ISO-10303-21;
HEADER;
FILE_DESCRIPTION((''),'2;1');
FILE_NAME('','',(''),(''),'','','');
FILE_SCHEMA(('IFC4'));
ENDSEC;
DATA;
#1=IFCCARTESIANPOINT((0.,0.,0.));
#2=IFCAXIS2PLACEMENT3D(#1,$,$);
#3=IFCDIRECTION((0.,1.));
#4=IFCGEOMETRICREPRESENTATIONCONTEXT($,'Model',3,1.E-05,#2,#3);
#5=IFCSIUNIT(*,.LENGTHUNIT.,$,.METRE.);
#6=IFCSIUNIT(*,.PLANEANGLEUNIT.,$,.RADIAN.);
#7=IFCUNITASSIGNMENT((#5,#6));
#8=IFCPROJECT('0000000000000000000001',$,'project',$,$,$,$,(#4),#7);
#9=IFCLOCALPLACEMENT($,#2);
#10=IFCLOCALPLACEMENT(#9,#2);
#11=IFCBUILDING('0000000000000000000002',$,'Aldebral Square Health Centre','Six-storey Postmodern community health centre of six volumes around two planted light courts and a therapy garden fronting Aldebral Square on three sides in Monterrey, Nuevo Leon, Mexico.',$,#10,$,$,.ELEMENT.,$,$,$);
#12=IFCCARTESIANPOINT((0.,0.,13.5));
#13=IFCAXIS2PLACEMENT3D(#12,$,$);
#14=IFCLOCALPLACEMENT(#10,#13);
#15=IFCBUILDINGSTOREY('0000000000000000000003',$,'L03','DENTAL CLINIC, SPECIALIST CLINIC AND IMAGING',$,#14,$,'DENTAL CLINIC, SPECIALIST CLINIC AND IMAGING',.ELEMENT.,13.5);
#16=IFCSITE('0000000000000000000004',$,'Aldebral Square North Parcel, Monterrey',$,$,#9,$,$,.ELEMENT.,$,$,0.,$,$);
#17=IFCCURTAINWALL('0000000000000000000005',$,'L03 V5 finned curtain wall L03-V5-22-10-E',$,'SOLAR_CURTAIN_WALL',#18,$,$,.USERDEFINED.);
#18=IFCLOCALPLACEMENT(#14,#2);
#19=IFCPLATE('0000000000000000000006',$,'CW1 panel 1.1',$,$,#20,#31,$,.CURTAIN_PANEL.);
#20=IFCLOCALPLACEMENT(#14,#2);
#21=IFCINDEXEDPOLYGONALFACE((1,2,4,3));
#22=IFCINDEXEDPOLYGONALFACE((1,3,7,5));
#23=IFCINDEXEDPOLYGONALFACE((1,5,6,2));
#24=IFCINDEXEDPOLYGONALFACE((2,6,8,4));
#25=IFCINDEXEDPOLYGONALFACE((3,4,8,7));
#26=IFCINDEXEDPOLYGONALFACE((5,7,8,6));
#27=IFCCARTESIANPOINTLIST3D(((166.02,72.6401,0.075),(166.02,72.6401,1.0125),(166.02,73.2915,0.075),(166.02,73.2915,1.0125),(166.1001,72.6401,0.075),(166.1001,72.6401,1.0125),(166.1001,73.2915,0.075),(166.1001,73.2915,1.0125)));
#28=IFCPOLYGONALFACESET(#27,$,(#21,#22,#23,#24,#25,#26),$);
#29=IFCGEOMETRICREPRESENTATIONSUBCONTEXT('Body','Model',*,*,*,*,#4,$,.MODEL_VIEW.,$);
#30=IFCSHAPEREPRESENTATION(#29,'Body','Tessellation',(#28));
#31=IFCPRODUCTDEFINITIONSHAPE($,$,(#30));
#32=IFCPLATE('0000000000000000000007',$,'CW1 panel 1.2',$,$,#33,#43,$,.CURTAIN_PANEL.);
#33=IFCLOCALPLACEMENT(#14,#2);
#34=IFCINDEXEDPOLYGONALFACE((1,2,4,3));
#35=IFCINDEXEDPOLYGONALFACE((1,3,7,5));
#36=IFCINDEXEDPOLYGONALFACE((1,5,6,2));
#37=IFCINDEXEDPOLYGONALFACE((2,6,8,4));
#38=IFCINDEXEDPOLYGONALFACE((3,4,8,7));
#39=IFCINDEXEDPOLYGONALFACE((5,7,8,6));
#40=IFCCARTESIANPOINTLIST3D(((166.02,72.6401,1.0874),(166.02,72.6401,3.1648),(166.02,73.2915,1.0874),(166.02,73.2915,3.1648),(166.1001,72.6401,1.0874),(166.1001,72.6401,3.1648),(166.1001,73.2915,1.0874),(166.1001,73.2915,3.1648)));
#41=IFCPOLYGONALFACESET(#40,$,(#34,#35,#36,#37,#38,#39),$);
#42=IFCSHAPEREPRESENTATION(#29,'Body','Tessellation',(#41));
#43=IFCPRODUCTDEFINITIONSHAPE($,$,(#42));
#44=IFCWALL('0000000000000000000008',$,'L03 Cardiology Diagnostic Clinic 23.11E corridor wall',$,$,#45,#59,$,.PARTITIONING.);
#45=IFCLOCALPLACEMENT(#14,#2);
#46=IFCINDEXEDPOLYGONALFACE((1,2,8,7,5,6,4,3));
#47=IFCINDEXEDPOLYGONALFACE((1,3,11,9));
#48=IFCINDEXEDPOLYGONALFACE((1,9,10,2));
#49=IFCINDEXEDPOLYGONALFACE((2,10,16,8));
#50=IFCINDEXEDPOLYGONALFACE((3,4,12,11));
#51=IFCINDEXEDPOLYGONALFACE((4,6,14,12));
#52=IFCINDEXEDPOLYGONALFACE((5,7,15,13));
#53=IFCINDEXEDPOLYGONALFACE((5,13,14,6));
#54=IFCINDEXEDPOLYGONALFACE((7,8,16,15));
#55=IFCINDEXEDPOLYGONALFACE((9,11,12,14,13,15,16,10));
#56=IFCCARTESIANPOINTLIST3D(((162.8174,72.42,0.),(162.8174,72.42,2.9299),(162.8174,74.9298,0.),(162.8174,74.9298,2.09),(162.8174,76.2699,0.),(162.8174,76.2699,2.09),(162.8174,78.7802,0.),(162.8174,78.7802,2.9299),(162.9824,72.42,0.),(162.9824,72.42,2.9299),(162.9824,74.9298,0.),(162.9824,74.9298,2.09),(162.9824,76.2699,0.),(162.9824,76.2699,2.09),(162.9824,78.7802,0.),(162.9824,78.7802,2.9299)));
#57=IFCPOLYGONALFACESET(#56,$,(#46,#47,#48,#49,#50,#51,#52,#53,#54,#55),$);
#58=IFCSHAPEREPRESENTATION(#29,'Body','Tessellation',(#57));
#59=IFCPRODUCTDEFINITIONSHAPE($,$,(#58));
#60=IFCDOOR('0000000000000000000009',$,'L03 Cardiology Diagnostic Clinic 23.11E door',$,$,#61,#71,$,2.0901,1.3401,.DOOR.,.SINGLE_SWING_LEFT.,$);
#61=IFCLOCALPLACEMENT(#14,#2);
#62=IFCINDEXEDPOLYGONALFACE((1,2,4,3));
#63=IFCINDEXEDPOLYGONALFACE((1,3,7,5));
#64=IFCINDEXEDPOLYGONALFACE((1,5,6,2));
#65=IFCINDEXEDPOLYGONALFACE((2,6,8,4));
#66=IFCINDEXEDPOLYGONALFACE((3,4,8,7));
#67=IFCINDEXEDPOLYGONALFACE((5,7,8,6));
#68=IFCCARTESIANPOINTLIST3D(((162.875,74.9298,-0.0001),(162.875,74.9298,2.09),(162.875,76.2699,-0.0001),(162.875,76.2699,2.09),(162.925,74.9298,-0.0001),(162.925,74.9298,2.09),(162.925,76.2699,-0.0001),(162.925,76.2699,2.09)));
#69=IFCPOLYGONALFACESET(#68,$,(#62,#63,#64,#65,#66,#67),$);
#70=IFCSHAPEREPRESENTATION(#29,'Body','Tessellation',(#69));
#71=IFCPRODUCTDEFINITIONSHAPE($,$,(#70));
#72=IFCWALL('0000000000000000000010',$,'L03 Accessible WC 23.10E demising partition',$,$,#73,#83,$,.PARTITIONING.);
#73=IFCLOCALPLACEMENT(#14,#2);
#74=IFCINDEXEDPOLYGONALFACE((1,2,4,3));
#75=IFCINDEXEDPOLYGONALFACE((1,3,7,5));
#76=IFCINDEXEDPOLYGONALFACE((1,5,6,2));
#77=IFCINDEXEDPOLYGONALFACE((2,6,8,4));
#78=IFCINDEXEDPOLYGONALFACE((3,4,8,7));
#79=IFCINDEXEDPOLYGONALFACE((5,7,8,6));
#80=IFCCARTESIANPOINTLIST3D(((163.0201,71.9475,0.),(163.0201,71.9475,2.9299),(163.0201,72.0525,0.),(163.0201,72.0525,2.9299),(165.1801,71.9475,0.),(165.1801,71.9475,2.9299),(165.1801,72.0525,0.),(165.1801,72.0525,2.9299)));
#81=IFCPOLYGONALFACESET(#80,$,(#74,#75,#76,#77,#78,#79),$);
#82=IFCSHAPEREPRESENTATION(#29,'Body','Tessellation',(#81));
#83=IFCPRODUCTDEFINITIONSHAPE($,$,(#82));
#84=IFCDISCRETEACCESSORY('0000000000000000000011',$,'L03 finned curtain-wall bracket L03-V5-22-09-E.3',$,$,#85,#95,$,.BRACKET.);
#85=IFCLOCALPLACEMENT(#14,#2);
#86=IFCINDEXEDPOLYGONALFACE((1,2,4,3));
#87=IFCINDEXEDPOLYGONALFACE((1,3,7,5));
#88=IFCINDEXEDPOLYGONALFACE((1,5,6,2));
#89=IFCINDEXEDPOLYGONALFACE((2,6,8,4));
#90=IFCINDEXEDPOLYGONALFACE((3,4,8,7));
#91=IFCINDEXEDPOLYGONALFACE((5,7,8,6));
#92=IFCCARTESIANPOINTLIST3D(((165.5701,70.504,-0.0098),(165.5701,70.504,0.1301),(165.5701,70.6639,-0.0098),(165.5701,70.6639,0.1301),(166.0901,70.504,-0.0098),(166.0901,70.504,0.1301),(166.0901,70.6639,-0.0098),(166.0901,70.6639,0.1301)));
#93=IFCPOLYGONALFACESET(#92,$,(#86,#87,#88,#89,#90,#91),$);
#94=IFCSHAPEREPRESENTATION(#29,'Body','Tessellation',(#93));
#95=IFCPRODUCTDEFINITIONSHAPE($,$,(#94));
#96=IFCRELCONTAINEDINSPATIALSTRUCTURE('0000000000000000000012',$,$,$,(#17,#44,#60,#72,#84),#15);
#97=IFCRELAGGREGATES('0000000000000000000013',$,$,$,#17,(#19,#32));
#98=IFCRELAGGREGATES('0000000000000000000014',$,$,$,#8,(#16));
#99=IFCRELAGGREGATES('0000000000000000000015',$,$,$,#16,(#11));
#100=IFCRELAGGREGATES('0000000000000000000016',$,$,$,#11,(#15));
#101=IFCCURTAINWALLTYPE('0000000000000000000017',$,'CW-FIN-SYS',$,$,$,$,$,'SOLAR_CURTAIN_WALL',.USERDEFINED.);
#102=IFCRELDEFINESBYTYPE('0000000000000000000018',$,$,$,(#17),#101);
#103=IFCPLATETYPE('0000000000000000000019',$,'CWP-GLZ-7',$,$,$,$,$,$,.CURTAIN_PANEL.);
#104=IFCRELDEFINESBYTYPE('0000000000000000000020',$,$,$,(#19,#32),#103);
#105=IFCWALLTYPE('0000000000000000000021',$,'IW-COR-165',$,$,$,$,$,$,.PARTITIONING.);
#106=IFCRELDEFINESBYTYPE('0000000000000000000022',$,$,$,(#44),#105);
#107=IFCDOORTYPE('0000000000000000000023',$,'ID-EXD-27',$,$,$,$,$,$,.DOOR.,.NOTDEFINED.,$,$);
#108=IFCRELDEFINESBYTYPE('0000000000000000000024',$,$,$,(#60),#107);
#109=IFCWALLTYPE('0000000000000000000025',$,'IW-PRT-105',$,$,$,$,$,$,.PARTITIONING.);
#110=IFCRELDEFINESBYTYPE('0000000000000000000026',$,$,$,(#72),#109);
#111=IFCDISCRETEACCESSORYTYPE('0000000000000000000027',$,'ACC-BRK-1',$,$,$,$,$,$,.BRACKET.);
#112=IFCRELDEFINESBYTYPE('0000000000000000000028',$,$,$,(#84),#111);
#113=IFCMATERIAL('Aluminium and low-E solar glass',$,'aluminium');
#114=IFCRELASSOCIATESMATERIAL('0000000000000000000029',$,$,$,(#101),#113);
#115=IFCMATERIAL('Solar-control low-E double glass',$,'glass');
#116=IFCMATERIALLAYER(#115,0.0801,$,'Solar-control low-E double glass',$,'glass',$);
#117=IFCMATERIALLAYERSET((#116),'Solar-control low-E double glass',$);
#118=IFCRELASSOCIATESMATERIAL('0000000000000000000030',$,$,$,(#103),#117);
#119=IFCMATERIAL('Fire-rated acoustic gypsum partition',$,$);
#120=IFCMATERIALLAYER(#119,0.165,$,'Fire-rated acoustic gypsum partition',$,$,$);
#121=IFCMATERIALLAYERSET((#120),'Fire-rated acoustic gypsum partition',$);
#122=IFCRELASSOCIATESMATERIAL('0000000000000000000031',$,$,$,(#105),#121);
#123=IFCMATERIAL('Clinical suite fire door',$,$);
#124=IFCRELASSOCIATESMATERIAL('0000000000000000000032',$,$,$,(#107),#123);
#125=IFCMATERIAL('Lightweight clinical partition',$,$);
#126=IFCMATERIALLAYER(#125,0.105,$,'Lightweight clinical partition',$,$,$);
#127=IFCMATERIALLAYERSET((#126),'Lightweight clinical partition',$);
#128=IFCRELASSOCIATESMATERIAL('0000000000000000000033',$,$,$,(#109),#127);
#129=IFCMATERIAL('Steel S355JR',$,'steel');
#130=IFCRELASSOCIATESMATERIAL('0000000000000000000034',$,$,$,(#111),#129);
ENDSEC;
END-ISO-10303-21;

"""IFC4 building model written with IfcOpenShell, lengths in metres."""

from ifc_helpers import new_model, si_unit, direction, frame, frame_2d, origin, origin_2d, place, context, subcontext, project, spatial, rectangle, extrude, material, layer, layer_set, type_object, element, fill, aggregate, save


model = new_model("IFC4")

# Units and contexts
model_context = context("Model", 3, precision=1e-05, world=origin(), true_north=direction((0.0, 1.0)))
body_context = subcontext(model_context, "Body", "Model", "MODEL_VIEW")
ifc_project = project(units=[si_unit("LENGTHUNIT", "METRE"), si_unit("PLANEANGLEUNIT", "RADIAN")], contexts=[model_context])

# Site, building, storey
site_placement = place(None, origin())
site = spatial("IfcSite", under=ifc_project, at=site_placement, Name="Aldebral Square North Parcel, Monterrey", CompositionType="ELEMENT", RefElevation=0.0)
building_placement = place(site_placement, origin())
building = spatial("IfcBuilding", under=site, at=building_placement, Name="Aldebral Square Health Centre", Description="Six-storey Postmodern community health centre of six volumes around two planted light courts and a therapy garden fronting Aldebral Square on three sides in Monterrey, Nuevo Leon, Mexico.", CompositionType="ELEMENT")
storey_placement = place(building_placement, frame((0.0, 0.0, 13.5)))
storey = spatial("IfcBuildingStorey", under=building, at=storey_placement, Name="L03", Description="DENTAL CLINIC, SPECIALIST CLINIC AND IMAGING", LongName="DENTAL CLINIC, SPECIALIST CLINIC AND IMAGING", CompositionType="ELEMENT", Elevation=13.5)

# Shared definitions
ifc_material_1 = material(Name="Aluminium and low-E solar glass", Category="aluminium")
curtain_wall_type = type_object("IfcCurtainWallType", Name="CW-FIN-SYS", ElementType="SOLAR_CURTAIN_WALL", PredefinedType="USERDEFINED", material=ifc_material_1)

# Curtain wall
curtain_wall_1_placement = place(storey_placement, origin())
curtain_wall_1 = element("IfcCurtainWall", 1, at=curtain_wall_1_placement, inside=storey, type_object=curtain_wall_type, Name="L03 V5 finned curtain wall L03-V5-22-10-E", ObjectType="SOLAR_CURTAIN_WALL", PredefinedType="USERDEFINED")

# Plates
ifc_material_2 = material(Name="Solar-control low-E double glass", Category="glass")
ifc_layer_1 = layer(ifc_material_2, 0.0801, Name="Solar-control low-E double glass", Category="glass")
ifc_layer_set_1 = layer_set([ifc_layer_1], Name="Solar-control low-E double glass")
plate_type_1 = type_object("IfcPlateType", Name="CWP-GLZ-7", PredefinedType="CURTAIN_PANEL", material=ifc_layer_set_1)
plate_1_placement = place(storey_placement, frame((166.0601, 72.9658, 0.075), z_axis=(0.0, 0.0, 1.0), x_axis=(0.0, 1.0, 0.0)))
plate_1 = element("IfcPlate", 2, at=plate_1_placement, type_object=plate_type_1, Name="CW1 panel 1.1", PredefinedType="CURTAIN_PANEL", context=body_context, shape_type="SweptSolid", body=[
    extrude(rectangle(XDim=0.6514, YDim=0.0801, at=origin_2d()), origin(), (0.0, 0.0, 1.0), 0.9375),
])
plate_2_placement = place(storey_placement, frame((166.0601, 72.9658, 1.0874), z_axis=(0.0, 0.0, 1.0), x_axis=(0.0, 1.0, 0.0)))
plate_2 = element("IfcPlate", 3, at=plate_2_placement, type_object=plate_type_1, Name="CW1 panel 1.2", PredefinedType="CURTAIN_PANEL", context=body_context, shape_type="SweptSolid", body=[
    extrude(rectangle(XDim=0.6514, YDim=0.0801, at=origin_2d()), origin(), (0.0, 0.0, 1.0), 2.0774),
])
aggregate(curtain_wall_1, [plate_1, plate_2])

# Wall, opening, door
ifc_material_3 = material(Name="Fire-rated acoustic gypsum partition")
ifc_layer_2 = layer(ifc_material_3, 0.165, Name="Fire-rated acoustic gypsum partition")
ifc_layer_set_2 = layer_set([ifc_layer_2], Name="Fire-rated acoustic gypsum partition")
wall_type_1 = type_object("IfcWallType", Name="IW-COR-165", PredefinedType="PARTITIONING", material=ifc_layer_set_2)
wall_1_placement = place(storey_placement, frame((162.8999, 72.4199, 0.0), z_axis=(0.0, 0.0, 1.0), x_axis=(0.0, 1.0, 0.0)))
wall_1 = element("IfcWall", 4, at=wall_1_placement, inside=storey, type_object=wall_type_1, Name="L03 Cardiology Diagnostic Clinic 23.11E corridor wall", PredefinedType="PARTITIONING", context=body_context, shape_type="SweptSolid", body=[
    extrude(rectangle(XDim=6.3601, YDim=0.165, at=frame_2d((3.1802, 0.0))), origin(), (0.0, 0.0, 1.0), 2.9299),
])
opening_placement = place(wall_1_placement, frame((2.51, 0.0, 0.0)))
opening = element("IfcOpeningElement", 5, at=opening_placement, cuts=wall_1, PredefinedType="OPENING", context=body_context, shape_type="SweptSolid", body=[
    extrude(rectangle(XDim=1.3401, YDim=2.0901, at=frame_2d((0.6699, 1.0449))), frame((0.0, 0.0925, 0.0), z_axis=(0.0, -1.0, 0.0), x_axis=(1.0, 0.0, 0.0)), (0.0, 0.0, 1.0), 0.1851),
])
ifc_material_4 = material(Name="Clinical suite fire door")
door_type = type_object("IfcDoorType", Name="ID-EXD-27", OperationType="NOTDEFINED", PredefinedType="DOOR", material=ifc_material_4)
door_placement = place(opening_placement, origin())
door = element("IfcDoor", 6, at=door_placement, inside=storey, type_object=door_type, Name="L03 Cardiology Diagnostic Clinic 23.11E door", OperationType="SINGLE_SWING_LEFT", OverallHeight=2.0901, OverallWidth=1.3401, PredefinedType="DOOR", context=body_context, shape_type="SweptSolid", body=[
    extrude(rectangle(XDim=1.3401, YDim=2.0901, at=frame_2d((0.6699, 1.0449))), frame((0.0, 0.0249, 0.0), z_axis=(0.0, -1.0, 0.0), x_axis=(1.0, 0.0, 0.0)), (0.0, 0.0, 1.0), 0.05),
])
fill(opening, door)

# Wall
ifc_material_5 = material(Name="Lightweight clinical partition")
ifc_layer_3 = layer(ifc_material_5, 0.105, Name="Lightweight clinical partition")
ifc_layer_set_3 = layer_set([ifc_layer_3], Name="Lightweight clinical partition")
wall_type_2 = type_object("IfcWallType", Name="IW-PRT-105", PredefinedType="PARTITIONING", material=ifc_layer_set_3)
wall_2_placement = place(storey_placement, frame((163.02, 72.0, 0.0), z_axis=(0.0, 0.0, 1.0), x_axis=(1.0, 0.0, 0.0)))
element("IfcWall", 7, at=wall_2_placement, inside=storey, type_object=wall_type_2, Name="L03 Accessible WC 23.10E demising partition", PredefinedType="PARTITIONING", context=body_context, shape_type="SweptSolid", body=[
    extrude(rectangle(XDim=2.1599, YDim=0.105, at=frame_2d((1.0801, 0.0))), origin(), (0.0, 0.0, 1.0), 2.9299),
])

# Discrete accessory
ifc_material_6 = material(Name="Steel S355JR", Category="steel")
discrete_accessory_type = type_object("IfcDiscreteAccessoryType", Name="ACC-BRK-1", PredefinedType="BRACKET", material=ifc_material_6)
discrete_accessory_placement = place(storey_placement, frame((165.8301, 70.584, -0.0098), z_axis=(0.0, 0.0, 1.0), x_axis=(0.0, 1.0, 0.0)))
element("IfcDiscreteAccessory", 8, at=discrete_accessory_placement, inside=storey, type_object=discrete_accessory_type, Name="L03 finned curtain-wall bracket L03-V5-22-09-E.3", PredefinedType="BRACKET", context=body_context, shape_type="SweptSolid", body=[
    extrude(rectangle(XDim=0.1599, YDim=0.52, at=origin_2d()), origin(), (0.0, 0.0, 1.0), 0.1399),
])

save(model, "model.ifc")
